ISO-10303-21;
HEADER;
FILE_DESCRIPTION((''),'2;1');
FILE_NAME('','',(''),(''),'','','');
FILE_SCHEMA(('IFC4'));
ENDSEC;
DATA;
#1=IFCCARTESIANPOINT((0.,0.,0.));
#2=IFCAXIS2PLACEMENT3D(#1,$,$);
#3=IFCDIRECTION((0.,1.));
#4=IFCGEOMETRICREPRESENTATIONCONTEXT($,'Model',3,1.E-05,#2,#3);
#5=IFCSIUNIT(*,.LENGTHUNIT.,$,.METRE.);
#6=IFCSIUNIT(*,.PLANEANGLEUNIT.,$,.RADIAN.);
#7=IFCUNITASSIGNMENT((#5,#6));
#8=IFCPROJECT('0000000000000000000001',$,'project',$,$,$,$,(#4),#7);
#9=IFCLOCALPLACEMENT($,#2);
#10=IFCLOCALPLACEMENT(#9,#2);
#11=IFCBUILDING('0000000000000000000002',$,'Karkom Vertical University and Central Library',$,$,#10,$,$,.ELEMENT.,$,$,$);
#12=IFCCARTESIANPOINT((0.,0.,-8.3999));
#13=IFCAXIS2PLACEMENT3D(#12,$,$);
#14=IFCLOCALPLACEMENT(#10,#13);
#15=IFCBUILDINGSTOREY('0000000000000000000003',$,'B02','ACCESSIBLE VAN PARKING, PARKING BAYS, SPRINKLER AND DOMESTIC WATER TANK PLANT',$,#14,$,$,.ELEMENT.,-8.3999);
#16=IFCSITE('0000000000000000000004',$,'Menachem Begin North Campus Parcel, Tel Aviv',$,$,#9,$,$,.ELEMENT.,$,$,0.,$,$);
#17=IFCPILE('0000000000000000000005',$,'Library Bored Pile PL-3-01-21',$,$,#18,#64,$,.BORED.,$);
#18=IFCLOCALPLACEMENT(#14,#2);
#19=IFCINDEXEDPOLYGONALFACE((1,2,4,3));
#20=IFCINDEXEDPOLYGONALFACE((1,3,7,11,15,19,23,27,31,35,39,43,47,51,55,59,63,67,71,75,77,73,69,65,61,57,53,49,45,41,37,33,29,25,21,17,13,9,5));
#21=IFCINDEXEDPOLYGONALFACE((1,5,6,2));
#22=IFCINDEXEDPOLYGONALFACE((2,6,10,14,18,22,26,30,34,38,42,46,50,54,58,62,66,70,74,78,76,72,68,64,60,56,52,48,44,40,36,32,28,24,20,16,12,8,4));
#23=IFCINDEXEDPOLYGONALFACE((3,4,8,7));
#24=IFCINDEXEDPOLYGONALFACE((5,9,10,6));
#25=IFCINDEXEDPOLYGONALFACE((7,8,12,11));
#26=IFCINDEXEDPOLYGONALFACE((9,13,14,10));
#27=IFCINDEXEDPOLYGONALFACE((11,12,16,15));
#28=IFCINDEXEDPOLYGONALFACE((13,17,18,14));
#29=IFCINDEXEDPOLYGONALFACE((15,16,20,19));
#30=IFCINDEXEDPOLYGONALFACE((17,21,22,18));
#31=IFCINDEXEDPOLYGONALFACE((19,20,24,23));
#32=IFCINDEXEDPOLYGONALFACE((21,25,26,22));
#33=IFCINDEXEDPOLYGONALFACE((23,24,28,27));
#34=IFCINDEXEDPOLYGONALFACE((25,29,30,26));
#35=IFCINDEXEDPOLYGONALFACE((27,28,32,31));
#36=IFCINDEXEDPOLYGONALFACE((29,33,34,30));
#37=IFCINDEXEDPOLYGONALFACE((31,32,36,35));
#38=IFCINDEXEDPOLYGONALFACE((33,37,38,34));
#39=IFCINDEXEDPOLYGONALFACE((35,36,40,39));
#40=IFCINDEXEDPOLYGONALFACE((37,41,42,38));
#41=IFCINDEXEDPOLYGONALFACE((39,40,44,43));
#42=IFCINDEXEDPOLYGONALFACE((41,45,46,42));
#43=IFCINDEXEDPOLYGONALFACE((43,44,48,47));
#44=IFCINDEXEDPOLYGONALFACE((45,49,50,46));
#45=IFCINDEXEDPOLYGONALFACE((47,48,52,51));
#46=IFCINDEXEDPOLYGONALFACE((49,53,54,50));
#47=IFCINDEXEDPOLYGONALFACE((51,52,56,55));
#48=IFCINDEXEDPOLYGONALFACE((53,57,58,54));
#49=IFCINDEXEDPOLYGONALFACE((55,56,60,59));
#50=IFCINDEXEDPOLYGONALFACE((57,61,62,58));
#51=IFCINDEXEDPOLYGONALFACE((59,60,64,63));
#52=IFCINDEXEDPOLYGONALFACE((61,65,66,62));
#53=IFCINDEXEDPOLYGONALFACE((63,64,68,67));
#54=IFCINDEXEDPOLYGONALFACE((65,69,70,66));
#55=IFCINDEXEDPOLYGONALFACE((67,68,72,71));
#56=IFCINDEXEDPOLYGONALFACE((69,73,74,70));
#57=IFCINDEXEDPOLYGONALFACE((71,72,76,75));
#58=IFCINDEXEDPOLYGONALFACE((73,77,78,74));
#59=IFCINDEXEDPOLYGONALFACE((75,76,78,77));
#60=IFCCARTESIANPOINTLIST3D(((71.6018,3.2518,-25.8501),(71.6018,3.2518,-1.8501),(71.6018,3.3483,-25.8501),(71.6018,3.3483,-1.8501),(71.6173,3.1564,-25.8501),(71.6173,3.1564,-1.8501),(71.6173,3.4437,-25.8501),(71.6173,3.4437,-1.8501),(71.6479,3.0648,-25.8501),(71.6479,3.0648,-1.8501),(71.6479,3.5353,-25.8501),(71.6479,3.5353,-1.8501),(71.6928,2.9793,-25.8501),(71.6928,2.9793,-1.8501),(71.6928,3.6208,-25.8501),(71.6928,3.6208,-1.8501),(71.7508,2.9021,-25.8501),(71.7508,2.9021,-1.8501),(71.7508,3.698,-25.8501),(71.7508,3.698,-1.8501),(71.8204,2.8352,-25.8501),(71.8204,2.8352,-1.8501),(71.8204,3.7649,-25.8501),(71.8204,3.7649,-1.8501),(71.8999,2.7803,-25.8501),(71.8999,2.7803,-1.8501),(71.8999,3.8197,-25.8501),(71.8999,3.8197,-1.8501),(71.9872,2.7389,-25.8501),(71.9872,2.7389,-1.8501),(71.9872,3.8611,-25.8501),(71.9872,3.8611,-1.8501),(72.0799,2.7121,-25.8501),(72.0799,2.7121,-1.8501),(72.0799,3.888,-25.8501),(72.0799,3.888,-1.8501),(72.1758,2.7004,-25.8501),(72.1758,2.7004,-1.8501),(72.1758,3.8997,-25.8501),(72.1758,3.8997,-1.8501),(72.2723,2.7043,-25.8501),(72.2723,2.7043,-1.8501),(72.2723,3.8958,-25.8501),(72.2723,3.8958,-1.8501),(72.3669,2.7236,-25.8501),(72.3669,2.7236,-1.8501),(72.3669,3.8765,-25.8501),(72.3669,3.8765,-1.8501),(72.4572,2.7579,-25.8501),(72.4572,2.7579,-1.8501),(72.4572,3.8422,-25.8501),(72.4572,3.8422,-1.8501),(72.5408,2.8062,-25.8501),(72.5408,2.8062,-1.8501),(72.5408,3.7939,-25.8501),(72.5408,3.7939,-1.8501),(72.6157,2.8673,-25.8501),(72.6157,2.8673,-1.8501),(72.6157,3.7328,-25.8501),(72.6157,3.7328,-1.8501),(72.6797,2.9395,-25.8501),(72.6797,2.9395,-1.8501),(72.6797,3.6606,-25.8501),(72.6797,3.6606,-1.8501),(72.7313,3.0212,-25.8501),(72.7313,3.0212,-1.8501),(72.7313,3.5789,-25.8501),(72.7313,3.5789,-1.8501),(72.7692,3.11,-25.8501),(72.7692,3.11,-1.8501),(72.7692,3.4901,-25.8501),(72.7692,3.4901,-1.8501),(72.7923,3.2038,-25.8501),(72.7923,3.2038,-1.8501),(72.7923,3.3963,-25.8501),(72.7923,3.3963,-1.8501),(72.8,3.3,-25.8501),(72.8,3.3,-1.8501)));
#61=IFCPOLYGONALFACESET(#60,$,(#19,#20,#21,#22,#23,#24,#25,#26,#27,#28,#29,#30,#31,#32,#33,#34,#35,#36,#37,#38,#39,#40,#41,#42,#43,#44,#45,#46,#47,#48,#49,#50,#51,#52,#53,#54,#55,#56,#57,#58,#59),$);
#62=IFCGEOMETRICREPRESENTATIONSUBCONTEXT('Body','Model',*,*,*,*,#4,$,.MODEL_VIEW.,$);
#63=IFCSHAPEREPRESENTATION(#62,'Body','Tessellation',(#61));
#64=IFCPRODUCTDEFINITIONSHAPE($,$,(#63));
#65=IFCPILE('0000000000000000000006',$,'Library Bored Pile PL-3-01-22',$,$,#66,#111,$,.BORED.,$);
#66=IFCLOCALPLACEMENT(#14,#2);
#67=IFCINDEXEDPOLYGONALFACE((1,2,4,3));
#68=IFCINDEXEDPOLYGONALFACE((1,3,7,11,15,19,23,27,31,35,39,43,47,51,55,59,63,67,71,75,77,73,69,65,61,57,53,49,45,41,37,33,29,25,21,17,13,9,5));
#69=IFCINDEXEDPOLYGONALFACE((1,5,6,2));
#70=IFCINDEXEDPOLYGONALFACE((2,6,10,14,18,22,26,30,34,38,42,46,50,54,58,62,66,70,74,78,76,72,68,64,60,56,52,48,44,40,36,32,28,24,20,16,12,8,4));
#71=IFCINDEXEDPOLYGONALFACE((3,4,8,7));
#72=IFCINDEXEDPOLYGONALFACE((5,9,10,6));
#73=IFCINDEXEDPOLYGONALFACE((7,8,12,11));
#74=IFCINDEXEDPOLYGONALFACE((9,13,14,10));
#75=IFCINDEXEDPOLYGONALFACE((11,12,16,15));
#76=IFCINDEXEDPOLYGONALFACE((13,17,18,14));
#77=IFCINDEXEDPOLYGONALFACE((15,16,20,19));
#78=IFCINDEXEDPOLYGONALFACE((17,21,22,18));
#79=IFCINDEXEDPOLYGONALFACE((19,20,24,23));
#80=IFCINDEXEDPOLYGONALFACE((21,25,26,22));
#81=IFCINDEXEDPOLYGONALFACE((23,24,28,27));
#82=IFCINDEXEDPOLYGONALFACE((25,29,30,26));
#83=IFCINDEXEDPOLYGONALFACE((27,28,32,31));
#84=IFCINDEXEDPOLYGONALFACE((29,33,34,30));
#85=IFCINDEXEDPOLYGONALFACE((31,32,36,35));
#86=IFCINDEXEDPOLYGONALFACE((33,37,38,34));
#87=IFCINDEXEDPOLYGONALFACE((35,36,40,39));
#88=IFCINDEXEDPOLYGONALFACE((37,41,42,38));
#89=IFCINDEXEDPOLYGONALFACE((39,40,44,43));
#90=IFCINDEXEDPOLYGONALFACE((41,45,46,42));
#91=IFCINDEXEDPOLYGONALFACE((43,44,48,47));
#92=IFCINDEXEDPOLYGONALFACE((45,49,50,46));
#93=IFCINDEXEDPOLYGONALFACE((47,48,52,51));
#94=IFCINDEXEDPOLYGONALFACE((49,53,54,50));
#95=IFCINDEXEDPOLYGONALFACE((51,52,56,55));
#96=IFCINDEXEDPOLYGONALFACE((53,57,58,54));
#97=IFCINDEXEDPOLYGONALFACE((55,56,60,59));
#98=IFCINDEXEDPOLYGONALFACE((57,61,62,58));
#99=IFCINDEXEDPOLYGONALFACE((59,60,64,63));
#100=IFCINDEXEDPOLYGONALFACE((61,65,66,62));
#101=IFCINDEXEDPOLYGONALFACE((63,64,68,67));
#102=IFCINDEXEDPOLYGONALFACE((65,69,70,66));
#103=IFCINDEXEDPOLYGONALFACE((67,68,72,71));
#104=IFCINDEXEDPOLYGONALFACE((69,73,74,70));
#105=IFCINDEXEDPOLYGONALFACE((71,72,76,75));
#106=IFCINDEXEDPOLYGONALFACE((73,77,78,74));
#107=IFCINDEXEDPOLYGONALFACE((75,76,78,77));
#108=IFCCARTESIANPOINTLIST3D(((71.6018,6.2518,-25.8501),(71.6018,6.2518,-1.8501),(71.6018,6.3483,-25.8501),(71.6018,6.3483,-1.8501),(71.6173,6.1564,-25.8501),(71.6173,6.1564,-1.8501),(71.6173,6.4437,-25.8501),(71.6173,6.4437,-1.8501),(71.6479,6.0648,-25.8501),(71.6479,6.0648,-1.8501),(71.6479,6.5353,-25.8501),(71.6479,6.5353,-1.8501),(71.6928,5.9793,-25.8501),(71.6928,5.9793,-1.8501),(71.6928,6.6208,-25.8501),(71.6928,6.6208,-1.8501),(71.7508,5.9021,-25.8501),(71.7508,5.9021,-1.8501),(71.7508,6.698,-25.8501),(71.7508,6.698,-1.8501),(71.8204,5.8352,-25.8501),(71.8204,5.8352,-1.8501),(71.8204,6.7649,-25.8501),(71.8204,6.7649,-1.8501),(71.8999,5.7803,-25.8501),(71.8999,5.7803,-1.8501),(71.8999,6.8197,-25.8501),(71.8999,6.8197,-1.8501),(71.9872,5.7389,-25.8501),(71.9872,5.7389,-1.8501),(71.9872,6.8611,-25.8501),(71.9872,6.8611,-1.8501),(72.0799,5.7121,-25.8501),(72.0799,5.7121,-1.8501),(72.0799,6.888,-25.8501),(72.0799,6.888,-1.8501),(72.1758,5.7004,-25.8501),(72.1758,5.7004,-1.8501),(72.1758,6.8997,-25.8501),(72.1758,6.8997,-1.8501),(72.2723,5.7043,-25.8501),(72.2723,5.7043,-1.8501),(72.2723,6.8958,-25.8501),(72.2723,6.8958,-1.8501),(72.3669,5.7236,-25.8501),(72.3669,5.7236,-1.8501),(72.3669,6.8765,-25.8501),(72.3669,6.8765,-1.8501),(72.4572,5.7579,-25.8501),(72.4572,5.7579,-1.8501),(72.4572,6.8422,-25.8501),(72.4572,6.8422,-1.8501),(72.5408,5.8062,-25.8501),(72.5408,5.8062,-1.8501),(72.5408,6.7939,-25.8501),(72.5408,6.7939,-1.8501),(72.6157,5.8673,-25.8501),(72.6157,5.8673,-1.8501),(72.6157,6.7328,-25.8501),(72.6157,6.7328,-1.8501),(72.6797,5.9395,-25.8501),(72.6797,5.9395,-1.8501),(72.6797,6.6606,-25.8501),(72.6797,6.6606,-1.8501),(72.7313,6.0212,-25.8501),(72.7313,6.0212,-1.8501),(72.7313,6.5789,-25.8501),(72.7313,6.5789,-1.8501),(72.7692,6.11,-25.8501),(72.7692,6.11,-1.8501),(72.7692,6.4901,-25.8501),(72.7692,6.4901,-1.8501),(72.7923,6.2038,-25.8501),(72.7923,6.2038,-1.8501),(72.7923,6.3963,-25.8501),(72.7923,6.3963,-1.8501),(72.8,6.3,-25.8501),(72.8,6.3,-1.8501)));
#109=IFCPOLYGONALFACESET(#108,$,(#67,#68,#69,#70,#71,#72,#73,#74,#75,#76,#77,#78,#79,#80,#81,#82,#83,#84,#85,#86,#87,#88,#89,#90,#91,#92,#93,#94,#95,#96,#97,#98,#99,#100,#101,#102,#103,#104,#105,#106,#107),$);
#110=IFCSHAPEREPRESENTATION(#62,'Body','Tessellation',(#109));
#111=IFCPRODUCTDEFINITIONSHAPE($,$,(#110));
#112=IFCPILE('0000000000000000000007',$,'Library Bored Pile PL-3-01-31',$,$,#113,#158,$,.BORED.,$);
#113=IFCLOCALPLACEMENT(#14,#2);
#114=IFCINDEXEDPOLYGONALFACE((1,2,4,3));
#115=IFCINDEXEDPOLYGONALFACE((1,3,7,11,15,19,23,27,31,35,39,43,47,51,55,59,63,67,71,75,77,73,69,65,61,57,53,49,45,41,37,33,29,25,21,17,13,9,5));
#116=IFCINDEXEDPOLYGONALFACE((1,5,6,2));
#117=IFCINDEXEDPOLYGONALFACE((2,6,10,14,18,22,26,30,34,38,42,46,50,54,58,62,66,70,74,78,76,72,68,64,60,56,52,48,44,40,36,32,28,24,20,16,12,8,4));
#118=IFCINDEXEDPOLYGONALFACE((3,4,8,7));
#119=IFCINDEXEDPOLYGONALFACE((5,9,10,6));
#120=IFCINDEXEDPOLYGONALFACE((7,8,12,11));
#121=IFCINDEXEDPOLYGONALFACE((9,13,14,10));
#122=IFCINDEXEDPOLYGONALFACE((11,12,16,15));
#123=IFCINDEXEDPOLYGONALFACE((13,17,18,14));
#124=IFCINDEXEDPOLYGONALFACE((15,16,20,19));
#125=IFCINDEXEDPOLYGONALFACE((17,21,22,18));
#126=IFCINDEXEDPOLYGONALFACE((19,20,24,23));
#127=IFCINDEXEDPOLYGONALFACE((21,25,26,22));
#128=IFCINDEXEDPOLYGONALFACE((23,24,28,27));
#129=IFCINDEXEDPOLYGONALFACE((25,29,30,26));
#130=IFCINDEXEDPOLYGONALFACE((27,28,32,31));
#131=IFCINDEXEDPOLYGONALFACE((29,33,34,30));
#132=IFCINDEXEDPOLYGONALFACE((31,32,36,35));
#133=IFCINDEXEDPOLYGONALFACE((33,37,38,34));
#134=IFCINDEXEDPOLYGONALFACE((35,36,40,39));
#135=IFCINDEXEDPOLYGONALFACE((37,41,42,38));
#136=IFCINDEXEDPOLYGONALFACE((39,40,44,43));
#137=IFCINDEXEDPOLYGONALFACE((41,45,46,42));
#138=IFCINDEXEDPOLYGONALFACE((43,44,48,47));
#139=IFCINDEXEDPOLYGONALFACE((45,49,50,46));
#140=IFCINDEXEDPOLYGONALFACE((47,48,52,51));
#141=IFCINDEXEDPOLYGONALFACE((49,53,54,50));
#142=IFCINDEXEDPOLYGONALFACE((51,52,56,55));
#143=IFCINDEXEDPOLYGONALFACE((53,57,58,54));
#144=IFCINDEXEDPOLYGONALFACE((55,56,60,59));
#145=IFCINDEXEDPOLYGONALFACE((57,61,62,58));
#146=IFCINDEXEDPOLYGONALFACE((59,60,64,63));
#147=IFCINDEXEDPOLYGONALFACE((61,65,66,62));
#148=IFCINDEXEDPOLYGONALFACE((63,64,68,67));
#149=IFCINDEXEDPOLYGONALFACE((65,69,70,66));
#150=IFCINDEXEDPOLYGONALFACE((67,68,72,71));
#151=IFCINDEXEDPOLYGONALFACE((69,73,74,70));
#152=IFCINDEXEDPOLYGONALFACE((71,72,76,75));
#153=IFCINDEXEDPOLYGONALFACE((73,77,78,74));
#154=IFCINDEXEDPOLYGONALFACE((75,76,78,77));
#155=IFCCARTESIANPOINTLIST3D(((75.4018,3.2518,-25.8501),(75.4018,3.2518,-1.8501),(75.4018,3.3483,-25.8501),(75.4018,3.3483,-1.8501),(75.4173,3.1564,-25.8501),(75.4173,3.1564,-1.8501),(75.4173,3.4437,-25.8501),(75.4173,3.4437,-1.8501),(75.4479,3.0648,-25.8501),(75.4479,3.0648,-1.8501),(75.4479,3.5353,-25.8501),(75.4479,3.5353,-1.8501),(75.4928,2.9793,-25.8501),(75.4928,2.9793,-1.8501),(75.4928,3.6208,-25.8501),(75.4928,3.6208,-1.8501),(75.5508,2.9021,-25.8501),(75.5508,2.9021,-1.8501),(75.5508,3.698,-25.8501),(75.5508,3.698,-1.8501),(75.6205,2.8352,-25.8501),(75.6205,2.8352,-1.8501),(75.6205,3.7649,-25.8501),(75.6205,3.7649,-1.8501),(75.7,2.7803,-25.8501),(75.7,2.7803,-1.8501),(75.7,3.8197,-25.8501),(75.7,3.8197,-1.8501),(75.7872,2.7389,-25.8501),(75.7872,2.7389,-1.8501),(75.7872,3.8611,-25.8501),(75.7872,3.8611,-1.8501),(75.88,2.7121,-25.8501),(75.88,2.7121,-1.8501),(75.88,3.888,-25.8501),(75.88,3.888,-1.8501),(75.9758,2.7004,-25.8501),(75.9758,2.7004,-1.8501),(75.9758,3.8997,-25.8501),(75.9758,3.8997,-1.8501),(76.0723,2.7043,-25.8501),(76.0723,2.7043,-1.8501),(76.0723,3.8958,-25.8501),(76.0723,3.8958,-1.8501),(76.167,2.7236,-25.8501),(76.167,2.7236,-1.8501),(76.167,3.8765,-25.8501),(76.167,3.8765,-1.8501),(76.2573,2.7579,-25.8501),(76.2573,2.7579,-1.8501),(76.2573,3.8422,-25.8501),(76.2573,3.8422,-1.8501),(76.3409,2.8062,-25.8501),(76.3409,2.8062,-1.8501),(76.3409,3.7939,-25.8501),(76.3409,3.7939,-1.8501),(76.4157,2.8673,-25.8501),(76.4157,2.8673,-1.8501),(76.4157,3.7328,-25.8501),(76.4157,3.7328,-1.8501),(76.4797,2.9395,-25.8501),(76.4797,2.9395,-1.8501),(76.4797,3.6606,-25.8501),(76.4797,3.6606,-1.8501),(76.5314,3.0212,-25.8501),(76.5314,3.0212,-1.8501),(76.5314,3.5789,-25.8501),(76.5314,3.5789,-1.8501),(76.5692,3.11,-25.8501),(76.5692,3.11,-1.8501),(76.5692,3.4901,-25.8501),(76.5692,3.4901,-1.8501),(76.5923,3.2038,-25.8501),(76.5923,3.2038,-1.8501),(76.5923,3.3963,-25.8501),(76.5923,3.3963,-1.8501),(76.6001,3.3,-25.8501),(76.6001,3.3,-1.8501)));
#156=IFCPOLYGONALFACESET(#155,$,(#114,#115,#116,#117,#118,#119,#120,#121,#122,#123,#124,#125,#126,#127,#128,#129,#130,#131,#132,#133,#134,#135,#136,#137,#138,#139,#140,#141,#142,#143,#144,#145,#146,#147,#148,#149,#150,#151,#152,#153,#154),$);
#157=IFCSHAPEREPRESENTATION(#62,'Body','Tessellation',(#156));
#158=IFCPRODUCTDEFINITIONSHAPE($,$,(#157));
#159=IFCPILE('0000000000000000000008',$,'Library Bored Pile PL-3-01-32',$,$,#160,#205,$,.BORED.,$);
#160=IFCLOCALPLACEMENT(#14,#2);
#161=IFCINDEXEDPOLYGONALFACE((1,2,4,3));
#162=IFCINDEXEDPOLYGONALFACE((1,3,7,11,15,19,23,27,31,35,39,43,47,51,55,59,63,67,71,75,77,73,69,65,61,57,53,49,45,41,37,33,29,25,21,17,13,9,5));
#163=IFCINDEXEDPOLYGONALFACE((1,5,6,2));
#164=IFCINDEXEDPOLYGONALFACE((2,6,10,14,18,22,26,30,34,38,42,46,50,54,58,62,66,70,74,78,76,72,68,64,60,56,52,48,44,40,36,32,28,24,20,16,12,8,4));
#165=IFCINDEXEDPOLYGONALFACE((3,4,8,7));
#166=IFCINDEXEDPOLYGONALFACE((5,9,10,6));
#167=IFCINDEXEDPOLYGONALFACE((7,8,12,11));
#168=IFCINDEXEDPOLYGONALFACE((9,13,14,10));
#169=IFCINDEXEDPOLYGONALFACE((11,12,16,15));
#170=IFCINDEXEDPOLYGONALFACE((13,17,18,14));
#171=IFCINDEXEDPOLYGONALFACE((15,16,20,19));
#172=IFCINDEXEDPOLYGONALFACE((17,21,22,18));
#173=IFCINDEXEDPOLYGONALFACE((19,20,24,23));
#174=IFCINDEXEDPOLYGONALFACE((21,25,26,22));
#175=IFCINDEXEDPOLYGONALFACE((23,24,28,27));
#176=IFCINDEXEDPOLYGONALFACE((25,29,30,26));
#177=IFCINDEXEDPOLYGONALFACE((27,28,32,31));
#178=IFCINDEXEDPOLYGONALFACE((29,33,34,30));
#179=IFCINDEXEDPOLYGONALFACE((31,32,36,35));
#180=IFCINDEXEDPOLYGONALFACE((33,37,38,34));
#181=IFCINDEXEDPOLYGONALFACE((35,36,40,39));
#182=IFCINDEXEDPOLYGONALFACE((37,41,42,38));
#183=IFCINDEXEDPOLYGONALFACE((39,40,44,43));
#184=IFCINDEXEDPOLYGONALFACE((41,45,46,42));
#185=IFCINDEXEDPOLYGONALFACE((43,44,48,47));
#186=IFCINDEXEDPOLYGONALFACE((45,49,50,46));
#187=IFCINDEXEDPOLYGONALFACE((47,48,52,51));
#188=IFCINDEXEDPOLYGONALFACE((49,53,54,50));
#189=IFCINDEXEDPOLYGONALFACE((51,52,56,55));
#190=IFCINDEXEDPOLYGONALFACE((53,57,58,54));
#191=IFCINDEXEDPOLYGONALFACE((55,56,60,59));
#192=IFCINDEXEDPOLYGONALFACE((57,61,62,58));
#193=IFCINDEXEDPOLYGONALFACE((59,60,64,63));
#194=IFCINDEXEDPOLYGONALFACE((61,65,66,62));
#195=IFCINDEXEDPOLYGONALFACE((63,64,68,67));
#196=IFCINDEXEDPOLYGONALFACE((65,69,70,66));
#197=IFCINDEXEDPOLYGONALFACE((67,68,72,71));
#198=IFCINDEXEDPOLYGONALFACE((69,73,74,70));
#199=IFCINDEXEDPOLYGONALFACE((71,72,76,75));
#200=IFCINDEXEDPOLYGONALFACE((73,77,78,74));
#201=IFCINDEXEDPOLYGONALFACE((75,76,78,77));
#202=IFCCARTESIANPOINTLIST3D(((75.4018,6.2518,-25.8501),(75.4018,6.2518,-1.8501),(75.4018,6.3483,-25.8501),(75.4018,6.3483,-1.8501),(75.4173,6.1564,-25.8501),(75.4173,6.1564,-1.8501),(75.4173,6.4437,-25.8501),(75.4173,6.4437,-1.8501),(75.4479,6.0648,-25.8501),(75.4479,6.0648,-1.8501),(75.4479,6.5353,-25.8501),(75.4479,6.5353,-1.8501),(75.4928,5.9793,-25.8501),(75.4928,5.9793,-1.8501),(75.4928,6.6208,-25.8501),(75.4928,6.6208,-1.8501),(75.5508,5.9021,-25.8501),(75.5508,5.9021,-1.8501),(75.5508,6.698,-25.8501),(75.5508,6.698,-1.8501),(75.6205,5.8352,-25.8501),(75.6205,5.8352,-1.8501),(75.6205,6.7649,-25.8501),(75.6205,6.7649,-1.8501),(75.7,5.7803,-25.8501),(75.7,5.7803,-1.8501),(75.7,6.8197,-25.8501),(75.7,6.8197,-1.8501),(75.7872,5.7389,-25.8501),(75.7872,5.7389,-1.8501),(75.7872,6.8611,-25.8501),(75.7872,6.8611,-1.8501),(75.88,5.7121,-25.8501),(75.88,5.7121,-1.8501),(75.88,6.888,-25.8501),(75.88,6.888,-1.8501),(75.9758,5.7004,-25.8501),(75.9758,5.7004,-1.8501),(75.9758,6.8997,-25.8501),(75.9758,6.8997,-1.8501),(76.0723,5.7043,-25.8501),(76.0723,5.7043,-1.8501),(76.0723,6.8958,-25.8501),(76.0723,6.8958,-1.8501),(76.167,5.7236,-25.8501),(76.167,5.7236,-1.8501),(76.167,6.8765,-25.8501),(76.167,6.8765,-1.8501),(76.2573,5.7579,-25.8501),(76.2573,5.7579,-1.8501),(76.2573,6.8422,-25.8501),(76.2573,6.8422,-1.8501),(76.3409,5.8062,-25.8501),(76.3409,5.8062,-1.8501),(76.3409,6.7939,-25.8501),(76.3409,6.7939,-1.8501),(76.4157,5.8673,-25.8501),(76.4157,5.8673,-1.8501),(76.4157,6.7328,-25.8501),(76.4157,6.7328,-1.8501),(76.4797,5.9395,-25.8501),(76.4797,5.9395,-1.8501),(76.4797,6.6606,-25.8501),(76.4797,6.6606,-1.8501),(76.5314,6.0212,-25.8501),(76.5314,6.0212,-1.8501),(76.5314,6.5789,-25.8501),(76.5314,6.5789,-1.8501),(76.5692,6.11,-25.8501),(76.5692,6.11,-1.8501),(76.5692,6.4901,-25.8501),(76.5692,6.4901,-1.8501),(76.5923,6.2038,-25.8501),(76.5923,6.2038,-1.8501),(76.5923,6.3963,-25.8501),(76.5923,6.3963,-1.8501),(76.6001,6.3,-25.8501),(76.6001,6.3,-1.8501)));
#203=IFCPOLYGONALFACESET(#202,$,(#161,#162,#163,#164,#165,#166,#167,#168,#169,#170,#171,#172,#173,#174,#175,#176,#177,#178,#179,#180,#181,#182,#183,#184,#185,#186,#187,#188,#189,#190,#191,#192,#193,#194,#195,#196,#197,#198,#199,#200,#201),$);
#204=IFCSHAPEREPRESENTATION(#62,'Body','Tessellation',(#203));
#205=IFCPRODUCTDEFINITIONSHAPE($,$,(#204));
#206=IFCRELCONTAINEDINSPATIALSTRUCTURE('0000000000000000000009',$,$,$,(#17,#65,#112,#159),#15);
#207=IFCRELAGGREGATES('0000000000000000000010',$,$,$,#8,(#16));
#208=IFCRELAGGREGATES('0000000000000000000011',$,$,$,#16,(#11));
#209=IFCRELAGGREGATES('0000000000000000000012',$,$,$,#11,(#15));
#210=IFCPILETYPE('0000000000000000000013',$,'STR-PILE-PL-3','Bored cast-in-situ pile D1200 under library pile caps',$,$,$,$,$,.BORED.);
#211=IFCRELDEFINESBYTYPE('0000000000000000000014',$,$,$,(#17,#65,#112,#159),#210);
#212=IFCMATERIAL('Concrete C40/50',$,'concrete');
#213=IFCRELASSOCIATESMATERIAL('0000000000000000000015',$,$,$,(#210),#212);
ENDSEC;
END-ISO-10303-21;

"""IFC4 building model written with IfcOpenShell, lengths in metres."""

from ifc_helpers import new_model, si_unit, direction, frame, origin, origin_with_axes, origin_2d, place, context, subcontext, project, spatial, circle, extrude, source, transform, mapped, material, material_profile, profile_set, type_object, element, save


model = new_model("IFC4")

# Units and contexts
model_context = context("Model", 3, precision=1e-05, world=origin(), true_north=direction((0.0, 1.0)))
body_context = subcontext(model_context, "Body", "Model", "MODEL_VIEW")
ifc_project = project(units=[si_unit("LENGTHUNIT", "METRE"), si_unit("PLANEANGLEUNIT", "RADIAN")], contexts=[model_context])

# Site, building, storey
site_placement = place(None, origin())
site = spatial("IfcSite", under=ifc_project, at=site_placement, Name="Menachem Begin North Campus Parcel, Tel Aviv", CompositionType="ELEMENT", RefElevation=0.0)
building_placement = place(site_placement, origin())
building = spatial("IfcBuilding", under=site, at=building_placement, Name="Karkom Vertical University and Central Library", CompositionType="ELEMENT")
storey_placement = place(building_placement, frame((0.0, 0.0, -8.3999)))
storey = spatial("IfcBuildingStorey", under=building, at=storey_placement, Name="B02", Description="ACCESSIBLE VAN PARKING, PARKING BAYS, SPRINKLER AND DOMESTIC WATER TANK PLANT", CompositionType="ELEMENT", Elevation=-8.3999)

# Piles
ifc_material_1 = material(Name="Concrete C40/50", Category="concrete")
ifc_material_profile_1 = material_profile(ifc_material_1, circle(Radius=0.6001, at=origin_2d()), Name="PILE-D1200")
ifc_profile_set_1 = profile_set([ifc_material_profile_1], Name="Concrete C40/50")
pile_type = type_object("IfcPileType", Name="STR-PILE-PL-3", Description="Bored cast-in-situ pile D1200 under library pile caps", PredefinedType="BORED", material=ifc_profile_set_1)
shared_shape_1 = source(origin_with_axes(), body_context, "Body", "SweptSolid", [
    extrude(circle(Radius=0.6001, at=origin_2d()), origin(), (0.0, 0.0, 1.0), 24.0),
])
for number, where, z_axis, x_axis, name in (
    (1, (72.2, 3.3, -1.8501), (0.0, 0.0, -1.0), (1.0, 0.0, 0.0), "Library Bored Pile PL-3-01-21"),
    (2, (72.2, 6.3, -1.8501), (0.0, 0.0, -1.0), (1.0, 0.0, 0.0), "Library Bored Pile PL-3-01-22"),
    (3, (76.0, 3.3, -1.8501), (0.0, 0.0, -1.0), (1.0, 0.0, 0.0), "Library Bored Pile PL-3-01-31"),
    (4, (76.0, 6.3, -1.8501), (0.0, 0.0, -1.0), (1.0, 0.0, 0.0), "Library Bored Pile PL-3-01-32"),
):
    element("IfcPile", number, at=place(storey_placement, frame(where, z_axis=z_axis, x_axis=x_axis)), inside=storey, type_object=pile_type, Name=name, PredefinedType="BORED", context=body_context, shape_type="MappedRepresentation", body=[
        mapped(shared_shape_1, transform((0.0, 0.0, 0.0), scale=1.0)),
    ])

save(model, "model.ifc")
